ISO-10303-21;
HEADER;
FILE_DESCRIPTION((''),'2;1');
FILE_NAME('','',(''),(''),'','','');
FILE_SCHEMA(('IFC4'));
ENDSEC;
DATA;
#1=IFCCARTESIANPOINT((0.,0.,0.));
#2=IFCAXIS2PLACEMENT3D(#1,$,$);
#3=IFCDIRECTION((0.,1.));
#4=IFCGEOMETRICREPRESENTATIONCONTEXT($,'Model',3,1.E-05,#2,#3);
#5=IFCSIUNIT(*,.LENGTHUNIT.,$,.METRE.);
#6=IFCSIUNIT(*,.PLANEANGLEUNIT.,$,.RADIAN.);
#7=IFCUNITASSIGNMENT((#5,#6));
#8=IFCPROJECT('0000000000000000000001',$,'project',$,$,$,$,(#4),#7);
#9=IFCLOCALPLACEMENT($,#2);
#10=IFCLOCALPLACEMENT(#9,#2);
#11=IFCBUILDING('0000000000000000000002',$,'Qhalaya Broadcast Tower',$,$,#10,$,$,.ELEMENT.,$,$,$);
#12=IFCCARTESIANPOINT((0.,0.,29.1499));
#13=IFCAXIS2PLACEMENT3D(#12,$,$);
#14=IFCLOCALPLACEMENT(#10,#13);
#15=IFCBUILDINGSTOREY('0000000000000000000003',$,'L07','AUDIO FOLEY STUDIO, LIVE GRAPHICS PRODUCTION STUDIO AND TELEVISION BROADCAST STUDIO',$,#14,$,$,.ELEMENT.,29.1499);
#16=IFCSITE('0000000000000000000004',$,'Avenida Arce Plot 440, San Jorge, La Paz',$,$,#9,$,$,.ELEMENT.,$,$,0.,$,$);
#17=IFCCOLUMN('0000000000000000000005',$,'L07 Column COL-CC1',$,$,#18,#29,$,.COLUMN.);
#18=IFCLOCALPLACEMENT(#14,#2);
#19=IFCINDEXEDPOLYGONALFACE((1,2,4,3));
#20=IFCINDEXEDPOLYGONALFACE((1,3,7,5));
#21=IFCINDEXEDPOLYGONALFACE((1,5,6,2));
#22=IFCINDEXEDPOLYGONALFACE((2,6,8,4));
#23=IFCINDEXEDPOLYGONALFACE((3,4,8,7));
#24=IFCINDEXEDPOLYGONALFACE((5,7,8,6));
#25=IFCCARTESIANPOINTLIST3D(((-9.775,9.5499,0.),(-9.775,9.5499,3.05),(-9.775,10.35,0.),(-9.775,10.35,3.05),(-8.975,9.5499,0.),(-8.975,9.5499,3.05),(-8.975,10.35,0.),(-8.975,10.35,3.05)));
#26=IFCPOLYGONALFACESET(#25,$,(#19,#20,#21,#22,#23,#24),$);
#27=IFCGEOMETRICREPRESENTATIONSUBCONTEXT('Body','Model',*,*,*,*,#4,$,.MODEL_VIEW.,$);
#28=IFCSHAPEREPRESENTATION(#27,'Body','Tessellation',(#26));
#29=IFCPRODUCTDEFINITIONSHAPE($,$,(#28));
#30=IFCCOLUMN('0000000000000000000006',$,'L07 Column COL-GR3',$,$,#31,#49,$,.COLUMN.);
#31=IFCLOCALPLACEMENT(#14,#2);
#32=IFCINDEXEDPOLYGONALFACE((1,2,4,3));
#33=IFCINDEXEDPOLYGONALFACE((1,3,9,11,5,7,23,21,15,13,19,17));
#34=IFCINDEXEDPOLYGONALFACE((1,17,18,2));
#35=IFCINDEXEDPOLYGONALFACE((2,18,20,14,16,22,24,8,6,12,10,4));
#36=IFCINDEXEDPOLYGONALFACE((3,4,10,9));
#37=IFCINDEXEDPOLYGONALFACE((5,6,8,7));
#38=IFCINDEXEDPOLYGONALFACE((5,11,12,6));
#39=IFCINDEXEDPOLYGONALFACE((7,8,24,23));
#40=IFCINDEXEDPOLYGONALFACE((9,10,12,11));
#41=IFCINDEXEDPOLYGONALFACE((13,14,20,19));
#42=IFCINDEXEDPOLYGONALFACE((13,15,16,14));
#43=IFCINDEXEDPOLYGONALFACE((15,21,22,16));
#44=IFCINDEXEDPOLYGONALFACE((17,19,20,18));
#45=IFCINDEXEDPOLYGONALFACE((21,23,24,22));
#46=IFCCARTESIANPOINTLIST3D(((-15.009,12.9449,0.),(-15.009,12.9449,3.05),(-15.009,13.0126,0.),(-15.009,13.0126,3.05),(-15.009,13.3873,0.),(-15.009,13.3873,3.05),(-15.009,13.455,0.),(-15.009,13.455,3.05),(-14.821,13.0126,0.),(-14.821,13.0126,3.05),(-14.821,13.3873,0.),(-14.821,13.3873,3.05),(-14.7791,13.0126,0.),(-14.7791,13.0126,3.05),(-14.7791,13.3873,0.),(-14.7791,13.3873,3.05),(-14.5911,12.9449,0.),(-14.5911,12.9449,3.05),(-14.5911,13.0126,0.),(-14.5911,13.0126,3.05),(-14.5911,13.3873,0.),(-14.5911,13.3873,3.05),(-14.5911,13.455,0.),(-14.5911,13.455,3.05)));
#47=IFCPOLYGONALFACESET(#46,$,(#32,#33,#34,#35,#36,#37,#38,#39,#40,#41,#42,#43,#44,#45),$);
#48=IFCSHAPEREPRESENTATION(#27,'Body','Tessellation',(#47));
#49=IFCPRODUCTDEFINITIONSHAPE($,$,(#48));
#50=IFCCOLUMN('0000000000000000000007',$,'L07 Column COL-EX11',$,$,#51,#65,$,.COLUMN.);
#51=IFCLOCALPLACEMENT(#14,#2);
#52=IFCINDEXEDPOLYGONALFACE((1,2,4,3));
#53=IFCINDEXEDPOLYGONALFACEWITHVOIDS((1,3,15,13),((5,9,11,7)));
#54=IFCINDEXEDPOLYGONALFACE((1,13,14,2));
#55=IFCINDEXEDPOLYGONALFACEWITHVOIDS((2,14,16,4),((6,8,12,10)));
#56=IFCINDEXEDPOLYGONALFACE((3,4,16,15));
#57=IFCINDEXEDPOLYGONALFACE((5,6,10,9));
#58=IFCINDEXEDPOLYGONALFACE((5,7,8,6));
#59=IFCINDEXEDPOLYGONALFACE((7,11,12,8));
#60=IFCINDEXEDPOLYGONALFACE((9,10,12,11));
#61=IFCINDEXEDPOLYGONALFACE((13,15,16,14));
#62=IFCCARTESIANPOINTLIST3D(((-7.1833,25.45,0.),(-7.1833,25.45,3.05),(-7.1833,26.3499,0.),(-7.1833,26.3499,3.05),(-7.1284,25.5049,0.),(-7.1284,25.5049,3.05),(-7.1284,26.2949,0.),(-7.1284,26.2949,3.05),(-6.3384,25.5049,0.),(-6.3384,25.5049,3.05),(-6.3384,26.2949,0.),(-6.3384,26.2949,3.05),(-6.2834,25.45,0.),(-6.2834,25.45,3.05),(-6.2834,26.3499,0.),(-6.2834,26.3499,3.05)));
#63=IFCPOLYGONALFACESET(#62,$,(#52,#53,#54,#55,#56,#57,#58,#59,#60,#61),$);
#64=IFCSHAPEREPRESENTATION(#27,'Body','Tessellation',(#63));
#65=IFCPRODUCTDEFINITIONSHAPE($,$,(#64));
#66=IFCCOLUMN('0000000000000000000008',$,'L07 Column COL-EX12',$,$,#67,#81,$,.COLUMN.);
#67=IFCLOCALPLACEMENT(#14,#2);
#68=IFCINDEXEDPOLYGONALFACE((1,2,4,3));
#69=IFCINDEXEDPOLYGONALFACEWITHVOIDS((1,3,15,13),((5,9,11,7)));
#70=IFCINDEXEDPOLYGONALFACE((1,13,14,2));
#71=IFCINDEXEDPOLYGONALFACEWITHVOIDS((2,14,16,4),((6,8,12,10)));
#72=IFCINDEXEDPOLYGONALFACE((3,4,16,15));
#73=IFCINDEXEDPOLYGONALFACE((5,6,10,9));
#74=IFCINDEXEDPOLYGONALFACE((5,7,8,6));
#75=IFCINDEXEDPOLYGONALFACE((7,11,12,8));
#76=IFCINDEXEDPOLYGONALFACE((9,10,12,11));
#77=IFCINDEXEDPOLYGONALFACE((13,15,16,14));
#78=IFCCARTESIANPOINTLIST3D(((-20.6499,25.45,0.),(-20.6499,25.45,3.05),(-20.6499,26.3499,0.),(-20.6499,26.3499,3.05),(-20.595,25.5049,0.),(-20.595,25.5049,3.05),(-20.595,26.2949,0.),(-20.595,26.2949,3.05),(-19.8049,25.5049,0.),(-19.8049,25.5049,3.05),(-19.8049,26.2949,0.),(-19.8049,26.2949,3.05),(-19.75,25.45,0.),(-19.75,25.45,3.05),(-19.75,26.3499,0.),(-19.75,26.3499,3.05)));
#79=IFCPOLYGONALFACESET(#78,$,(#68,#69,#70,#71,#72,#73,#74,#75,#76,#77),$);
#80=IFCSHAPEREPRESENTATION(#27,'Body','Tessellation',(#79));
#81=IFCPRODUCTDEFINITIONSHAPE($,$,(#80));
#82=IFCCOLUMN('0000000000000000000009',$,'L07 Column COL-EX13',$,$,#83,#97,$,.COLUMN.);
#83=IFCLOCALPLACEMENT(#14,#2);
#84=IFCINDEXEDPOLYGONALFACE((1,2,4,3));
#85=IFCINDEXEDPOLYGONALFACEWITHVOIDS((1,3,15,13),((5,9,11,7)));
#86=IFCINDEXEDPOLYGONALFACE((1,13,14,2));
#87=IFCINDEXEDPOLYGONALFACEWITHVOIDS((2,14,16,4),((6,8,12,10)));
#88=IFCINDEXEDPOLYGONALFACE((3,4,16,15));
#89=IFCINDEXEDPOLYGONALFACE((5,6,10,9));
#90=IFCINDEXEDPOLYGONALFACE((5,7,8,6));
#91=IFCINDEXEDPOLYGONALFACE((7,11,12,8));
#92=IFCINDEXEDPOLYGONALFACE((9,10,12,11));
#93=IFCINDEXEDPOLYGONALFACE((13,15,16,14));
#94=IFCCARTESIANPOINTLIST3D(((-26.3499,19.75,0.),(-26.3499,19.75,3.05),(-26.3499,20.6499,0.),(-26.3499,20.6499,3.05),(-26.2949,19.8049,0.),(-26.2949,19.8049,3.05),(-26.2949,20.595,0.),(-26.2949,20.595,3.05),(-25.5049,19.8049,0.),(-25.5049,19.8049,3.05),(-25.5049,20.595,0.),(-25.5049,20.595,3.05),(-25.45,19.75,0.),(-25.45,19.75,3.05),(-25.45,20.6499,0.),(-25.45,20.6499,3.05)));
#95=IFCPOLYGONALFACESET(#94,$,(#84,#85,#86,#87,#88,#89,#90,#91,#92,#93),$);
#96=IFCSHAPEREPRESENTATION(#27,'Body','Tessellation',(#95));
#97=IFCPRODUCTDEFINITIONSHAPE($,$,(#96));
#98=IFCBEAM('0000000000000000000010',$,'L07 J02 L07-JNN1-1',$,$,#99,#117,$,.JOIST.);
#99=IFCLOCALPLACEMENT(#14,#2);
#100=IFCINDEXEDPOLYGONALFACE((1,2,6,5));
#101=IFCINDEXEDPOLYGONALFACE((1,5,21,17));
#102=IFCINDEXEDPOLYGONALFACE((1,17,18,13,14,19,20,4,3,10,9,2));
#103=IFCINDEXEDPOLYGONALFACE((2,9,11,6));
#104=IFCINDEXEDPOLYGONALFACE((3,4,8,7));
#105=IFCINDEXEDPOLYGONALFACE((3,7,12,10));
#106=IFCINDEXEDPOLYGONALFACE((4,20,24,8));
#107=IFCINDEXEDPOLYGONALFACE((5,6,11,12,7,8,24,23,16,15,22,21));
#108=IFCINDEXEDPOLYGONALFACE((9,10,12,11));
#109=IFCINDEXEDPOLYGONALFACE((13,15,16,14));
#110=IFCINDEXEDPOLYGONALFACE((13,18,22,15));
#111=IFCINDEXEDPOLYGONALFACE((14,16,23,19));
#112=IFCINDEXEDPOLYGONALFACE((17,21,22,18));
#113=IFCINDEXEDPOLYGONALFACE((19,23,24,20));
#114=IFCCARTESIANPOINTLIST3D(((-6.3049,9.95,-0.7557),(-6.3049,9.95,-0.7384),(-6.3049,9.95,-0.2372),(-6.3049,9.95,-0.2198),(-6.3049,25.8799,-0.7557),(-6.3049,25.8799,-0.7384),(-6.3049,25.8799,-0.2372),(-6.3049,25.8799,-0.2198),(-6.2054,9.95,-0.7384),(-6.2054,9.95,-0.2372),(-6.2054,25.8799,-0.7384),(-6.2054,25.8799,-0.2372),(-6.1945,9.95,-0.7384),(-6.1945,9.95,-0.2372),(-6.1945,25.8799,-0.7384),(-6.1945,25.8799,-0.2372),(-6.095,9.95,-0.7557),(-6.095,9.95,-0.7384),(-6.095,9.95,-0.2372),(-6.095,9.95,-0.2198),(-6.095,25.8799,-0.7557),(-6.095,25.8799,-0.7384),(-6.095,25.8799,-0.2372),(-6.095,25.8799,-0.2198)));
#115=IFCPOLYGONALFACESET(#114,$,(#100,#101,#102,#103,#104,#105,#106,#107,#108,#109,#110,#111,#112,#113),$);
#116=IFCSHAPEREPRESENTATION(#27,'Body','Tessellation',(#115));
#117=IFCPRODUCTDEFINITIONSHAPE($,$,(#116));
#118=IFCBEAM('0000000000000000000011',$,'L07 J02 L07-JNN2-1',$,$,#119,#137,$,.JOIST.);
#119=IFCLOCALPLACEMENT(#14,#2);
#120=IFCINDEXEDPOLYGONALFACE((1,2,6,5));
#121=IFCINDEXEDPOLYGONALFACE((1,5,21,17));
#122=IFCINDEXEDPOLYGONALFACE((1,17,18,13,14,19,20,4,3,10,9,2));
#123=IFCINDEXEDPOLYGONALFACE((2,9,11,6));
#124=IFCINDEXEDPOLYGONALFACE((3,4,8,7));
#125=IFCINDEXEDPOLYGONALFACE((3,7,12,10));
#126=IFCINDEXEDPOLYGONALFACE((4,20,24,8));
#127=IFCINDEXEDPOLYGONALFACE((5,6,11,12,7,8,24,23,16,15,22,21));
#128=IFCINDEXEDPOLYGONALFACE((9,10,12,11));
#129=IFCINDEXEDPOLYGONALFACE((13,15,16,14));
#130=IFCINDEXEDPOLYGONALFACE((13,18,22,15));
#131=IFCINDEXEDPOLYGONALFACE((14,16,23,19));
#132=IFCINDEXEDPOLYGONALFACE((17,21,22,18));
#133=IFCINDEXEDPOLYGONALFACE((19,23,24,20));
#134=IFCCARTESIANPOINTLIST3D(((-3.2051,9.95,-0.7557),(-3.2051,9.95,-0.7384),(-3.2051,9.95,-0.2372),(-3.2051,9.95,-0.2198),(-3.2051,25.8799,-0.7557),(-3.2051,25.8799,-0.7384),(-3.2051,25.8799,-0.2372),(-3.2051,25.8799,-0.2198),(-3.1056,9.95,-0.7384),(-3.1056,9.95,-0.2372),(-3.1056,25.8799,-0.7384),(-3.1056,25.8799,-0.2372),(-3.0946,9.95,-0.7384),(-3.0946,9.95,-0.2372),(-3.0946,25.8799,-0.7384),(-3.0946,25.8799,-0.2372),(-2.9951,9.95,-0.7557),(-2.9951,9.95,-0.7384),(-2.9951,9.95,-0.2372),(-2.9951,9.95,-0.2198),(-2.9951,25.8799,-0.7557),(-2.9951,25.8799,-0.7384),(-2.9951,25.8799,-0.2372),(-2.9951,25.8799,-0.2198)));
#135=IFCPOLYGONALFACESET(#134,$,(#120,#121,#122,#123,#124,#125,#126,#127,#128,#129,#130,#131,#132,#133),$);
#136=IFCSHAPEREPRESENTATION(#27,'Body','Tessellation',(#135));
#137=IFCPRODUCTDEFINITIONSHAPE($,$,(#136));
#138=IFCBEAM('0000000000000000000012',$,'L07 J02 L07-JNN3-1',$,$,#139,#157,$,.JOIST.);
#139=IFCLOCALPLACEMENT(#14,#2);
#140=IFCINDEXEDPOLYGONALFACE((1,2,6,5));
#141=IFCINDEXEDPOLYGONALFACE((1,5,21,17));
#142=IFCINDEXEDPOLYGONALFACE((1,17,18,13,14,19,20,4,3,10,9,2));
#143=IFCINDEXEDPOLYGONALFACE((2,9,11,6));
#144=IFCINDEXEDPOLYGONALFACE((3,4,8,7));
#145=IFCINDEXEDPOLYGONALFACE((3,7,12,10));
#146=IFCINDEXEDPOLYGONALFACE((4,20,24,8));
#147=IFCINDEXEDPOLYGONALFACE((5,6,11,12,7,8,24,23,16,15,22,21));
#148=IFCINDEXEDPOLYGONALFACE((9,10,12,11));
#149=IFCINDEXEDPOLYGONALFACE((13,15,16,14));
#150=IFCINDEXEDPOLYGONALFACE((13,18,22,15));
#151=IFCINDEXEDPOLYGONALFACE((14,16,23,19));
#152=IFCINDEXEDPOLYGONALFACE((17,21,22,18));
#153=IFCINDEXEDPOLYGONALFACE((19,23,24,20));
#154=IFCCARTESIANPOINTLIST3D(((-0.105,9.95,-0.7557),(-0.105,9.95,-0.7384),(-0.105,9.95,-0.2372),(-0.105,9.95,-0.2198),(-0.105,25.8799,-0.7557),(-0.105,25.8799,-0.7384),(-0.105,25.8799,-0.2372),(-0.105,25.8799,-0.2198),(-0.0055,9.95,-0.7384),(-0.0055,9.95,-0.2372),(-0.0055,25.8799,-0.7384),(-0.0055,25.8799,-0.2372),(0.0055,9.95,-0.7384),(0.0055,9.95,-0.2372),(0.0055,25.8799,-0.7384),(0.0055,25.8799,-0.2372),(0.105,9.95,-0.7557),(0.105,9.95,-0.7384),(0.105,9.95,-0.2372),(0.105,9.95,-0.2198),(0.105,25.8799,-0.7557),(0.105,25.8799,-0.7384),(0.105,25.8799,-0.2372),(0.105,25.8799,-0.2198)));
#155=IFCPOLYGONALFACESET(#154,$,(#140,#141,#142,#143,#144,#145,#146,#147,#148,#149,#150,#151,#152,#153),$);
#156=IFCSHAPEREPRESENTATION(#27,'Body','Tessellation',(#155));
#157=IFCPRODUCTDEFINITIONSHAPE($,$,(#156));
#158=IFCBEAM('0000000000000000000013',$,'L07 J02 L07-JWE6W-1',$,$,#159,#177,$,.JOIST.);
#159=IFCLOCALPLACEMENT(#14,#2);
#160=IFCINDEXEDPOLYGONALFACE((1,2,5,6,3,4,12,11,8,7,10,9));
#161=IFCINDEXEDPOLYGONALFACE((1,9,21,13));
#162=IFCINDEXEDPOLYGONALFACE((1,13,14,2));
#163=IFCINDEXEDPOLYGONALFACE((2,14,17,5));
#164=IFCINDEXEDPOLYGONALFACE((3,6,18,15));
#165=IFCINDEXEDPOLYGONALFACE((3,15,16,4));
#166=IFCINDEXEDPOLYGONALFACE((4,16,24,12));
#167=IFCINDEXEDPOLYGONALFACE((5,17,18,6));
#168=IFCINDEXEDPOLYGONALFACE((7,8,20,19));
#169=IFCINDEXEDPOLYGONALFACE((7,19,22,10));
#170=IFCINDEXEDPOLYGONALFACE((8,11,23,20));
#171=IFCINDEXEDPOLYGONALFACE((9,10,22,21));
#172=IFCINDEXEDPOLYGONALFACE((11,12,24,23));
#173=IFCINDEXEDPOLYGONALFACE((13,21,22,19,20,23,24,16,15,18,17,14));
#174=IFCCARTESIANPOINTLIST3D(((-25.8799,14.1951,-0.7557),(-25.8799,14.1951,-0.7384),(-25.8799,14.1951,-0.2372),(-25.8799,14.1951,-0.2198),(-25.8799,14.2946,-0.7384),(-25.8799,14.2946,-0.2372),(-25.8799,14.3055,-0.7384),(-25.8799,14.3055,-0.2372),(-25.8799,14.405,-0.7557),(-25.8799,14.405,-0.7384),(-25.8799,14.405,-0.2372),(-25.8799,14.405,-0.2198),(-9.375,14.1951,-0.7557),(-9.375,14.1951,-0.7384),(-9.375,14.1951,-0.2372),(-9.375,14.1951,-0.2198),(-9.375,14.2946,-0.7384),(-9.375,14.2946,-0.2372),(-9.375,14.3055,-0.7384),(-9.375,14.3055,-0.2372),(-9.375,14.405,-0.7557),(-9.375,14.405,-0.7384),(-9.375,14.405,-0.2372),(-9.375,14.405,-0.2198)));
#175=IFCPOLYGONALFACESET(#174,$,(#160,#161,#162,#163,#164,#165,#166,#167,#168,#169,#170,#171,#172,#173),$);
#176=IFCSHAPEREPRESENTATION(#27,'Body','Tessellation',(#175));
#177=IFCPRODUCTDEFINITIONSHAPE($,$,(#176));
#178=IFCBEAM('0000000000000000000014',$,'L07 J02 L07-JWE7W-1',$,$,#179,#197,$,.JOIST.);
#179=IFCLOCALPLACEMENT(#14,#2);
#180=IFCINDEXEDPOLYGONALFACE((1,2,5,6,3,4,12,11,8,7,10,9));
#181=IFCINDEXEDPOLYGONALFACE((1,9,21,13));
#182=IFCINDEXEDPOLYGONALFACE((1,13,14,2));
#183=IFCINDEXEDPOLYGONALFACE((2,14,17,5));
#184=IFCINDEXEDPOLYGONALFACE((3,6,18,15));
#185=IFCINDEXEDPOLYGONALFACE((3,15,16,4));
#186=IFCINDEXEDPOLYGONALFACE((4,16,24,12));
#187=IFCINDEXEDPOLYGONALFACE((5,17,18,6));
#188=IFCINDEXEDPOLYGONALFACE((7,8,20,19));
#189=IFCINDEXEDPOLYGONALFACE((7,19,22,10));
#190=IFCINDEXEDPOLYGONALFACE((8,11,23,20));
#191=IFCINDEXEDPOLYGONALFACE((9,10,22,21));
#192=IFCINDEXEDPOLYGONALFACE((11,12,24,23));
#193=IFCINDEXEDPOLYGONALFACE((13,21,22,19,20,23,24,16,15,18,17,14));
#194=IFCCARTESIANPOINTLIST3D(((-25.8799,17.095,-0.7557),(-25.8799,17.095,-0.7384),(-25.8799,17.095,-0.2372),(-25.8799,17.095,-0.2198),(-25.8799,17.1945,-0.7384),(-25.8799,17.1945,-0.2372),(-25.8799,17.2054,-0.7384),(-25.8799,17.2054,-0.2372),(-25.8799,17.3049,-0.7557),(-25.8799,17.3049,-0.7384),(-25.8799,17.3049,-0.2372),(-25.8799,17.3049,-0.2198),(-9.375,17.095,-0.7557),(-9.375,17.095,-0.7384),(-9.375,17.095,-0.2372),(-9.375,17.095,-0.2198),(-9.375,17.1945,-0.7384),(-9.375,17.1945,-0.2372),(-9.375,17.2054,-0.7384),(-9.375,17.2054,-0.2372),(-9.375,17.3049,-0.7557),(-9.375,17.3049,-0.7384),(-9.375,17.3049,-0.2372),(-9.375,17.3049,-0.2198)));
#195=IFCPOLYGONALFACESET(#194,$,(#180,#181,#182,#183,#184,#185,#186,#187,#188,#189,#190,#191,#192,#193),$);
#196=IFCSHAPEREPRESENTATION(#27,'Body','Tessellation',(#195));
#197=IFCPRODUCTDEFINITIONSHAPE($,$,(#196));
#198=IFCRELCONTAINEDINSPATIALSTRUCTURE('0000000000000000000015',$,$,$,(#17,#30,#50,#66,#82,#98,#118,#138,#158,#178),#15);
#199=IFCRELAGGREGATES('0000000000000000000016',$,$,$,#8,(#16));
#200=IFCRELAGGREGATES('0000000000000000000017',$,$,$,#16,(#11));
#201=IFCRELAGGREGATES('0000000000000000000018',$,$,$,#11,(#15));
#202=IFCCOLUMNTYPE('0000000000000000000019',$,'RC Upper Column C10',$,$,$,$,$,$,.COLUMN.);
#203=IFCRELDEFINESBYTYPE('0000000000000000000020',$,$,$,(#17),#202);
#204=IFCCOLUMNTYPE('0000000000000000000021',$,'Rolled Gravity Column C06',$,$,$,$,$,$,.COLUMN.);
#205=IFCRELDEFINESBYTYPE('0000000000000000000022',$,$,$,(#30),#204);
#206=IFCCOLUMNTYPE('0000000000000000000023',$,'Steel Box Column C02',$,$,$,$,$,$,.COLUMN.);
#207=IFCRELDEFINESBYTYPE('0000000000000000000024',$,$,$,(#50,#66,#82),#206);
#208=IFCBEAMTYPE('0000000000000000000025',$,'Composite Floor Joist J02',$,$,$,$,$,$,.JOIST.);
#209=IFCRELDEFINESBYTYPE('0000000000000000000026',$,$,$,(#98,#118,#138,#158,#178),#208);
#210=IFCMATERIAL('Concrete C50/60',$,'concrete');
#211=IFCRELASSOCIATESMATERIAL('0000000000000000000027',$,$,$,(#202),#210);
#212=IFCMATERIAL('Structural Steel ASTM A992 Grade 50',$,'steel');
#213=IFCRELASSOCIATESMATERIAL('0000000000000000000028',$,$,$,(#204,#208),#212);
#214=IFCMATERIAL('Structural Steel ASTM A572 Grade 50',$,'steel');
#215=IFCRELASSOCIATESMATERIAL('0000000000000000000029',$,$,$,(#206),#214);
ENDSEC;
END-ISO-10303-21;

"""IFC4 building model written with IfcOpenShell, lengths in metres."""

from ifc_helpers import new_model, si_unit, direction, frame, origin, origin_2d, place, context, subcontext, project, spatial, rectangle, hollow_rectangle, i_section, extrude, material, material_profile, profile_set, type_object, element, save


model = new_model("IFC4")

# Units and contexts
model_context = context("Model", 3, precision=1e-05, world=origin(), true_north=direction((0.0, 1.0)))
body_context = subcontext(model_context, "Body", "Model", "MODEL_VIEW")
ifc_project = project(units=[si_unit("LENGTHUNIT", "METRE"), si_unit("PLANEANGLEUNIT", "RADIAN")], contexts=[model_context])

# Site, building, storey
site_placement = place(None, origin())
site = spatial("IfcSite", under=ifc_project, at=site_placement, Name="Avenida Arce Plot 440, San Jorge, La Paz", CompositionType="ELEMENT", RefElevation=0.0)
building_placement = place(site_placement, origin())
building = spatial("IfcBuilding", under=site, at=building_placement, Name="Qhalaya Broadcast Tower", CompositionType="ELEMENT")
storey_placement = place(building_placement, frame((0.0, 0.0, 29.1499)))
storey = spatial("IfcBuildingStorey", under=building, at=storey_placement, Name="L07", Description="AUDIO FOLEY STUDIO, LIVE GRAPHICS PRODUCTION STUDIO AND TELEVISION BROADCAST STUDIO", CompositionType="ELEMENT", Elevation=29.1499)

# Columns
ifc_material_1 = material(Name="Concrete C50/60", Category="concrete")
ifc_material_profile_1 = material_profile(ifc_material_1, rectangle(XDim=0.8, YDim=0.8, at=origin_2d()), Name="RC-COL 800x800")
ifc_profile_set_1 = profile_set([ifc_material_profile_1], Name="Concrete C50/60")
column_type_1 = type_object("IfcColumnType", Name="RC Upper Column C10", PredefinedType="COLUMN", material=ifc_profile_set_1)
column_1_placement = place(storey_placement, frame((-9.375, 9.95, 0.0), z_axis=(0.0, 0.0, 1.0), x_axis=(1.0, 0.0, 0.0)))
element("IfcColumn", 1, at=column_1_placement, inside=storey, type_object=column_type_1, Name="L07 Column COL-CC1", PredefinedType="COLUMN", context=body_context, shape_type="SweptSolid", body=[
    extrude(rectangle(XDim=0.8, YDim=0.8, at=origin_2d()), origin(), (0.0, 0.0, 1.0), 3.05),
])
ifc_material_2 = material(Name="Structural Steel ASTM A992 Grade 50", Category="steel")
ifc_material_profile_2 = material_profile(ifc_material_2, i_section(OverallWidth=0.418, OverallDepth=0.51, WebThickness=0.042, FlangeThickness=0.0676, at=origin_2d()), Name="W14X370")
ifc_profile_set_2 = profile_set([ifc_material_profile_2], Name="Structural Steel ASTM A992 Grade 50")
column_type_2 = type_object("IfcColumnType", Name="Rolled Gravity Column C06", PredefinedType="COLUMN", material=ifc_profile_set_2)
column_2_placement = place(storey_placement, frame((-14.8, 13.2, 0.0), z_axis=(0.0, 0.0, 1.0), x_axis=(1.0, 0.0, 0.0)))
element("IfcColumn", 2, at=column_2_placement, inside=storey, type_object=column_type_2, Name="L07 Column COL-GR3", PredefinedType="COLUMN", context=body_context, shape_type="SweptSolid", body=[
    extrude(i_section(OverallWidth=0.418, OverallDepth=0.51, WebThickness=0.042, FlangeThickness=0.0676, at=origin_2d()), origin(), (0.0, 0.0, 1.0), 3.05),
])
ifc_material_3 = material(Name="Structural Steel ASTM A572 Grade 50", Category="steel")
ifc_material_profile_3 = material_profile(ifc_material_3, hollow_rectangle(XDim=0.8999, YDim=0.8999, WallThickness=0.0549, at=origin_2d()), Name="BOX 900x900x55")
ifc_profile_set_3 = profile_set([ifc_material_profile_3], Name="Structural Steel ASTM A572 Grade 50")
column_type_3 = type_object("IfcColumnType", Name="Steel Box Column C02", PredefinedType="COLUMN", material=ifc_profile_set_3)
for number, where, z_axis, x_axis, name in (
    (3, (-6.7334, 25.8999, 0.0), (0.0, 0.0, 1.0), (1.0, 0.0, 0.0), "L07 Column COL-EX11"),
    (4, (-20.2, 25.8999, 0.0), (0.0, 0.0, 1.0), (1.0, 0.0, 0.0), "L07 Column COL-EX12"),
    (5, (-25.8999, 20.2, 0.0), (0.0, 0.0, 1.0), (0.0, 1.0, 0.0), "L07 Column COL-EX13"),
):
    element("IfcColumn", number, at=place(storey_placement, frame(where, z_axis=z_axis, x_axis=x_axis)), inside=storey, type_object=column_type_3, Name=name, PredefinedType="COLUMN", context=body_context, shape_type="SweptSolid", body=[
        extrude(hollow_rectangle(XDim=0.8999, YDim=0.8999, WallThickness=0.0549, at=origin_2d()), origin(), (0.0, 0.0, 1.0), 3.05),
    ])

# Beams
ifc_material_profile_4 = material_profile(ifc_material_2, i_section(OverallWidth=0.21, OverallDepth=0.5359, WebThickness=0.011, FlangeThickness=0.0173, at=origin_2d()), Name="W21X68")
ifc_profile_set_4 = profile_set([ifc_material_profile_4], Name="Structural Steel ASTM A992 Grade 50")
beam_type_1 = type_object("IfcBeamType", Name="Composite Floor Joist J02", PredefinedType="JOIST", material=ifc_profile_set_4)
for number, where, z_axis, x_axis, name in (
    (6, (-6.2, 9.95, -0.4878), (0.0, 1.0, 0.0), (-1.0, 0.0, 0.0), "L07 J02 L07-JNN1-1"),
    (7, (-3.1001, 9.95, -0.4878), (0.0, 1.0, 0.0), (-1.0, 0.0, 0.0), "L07 J02 L07-JNN2-1"),
    (8, (0.0, 9.95, -0.4878), (0.0, 1.0, 0.0), (-1.0, 0.0, 0.0), "L07 J02 L07-JNN3-1"),
):
    element("IfcBeam", number, at=place(storey_placement, frame(where, z_axis=z_axis, x_axis=x_axis)), inside=storey, type_object=beam_type_1, Name=name, PredefinedType="JOIST", context=body_context, shape_type="SweptSolid", body=[
        extrude(i_section(OverallWidth=0.21, OverallDepth=0.5359, WebThickness=0.011, FlangeThickness=0.0173, at=origin_2d()), origin(), (0.0, 0.0, 1.0), 15.9299),
    ])
for number, where, z_axis, x_axis, name in (
    (9, (-25.8799, 14.3, -0.4878), (1.0, 0.0, 0.0), (0.0, 1.0, 0.0), "L07 J02 L07-JWE6W-1"),
    (10, (-25.8799, 17.2, -0.4878), (1.0, 0.0, 0.0), (0.0, 1.0, 0.0), "L07 J02 L07-JWE7W-1"),
):
    element("IfcBeam", number, at=place(storey_placement, frame(where, z_axis=z_axis, x_axis=x_axis)), inside=storey, type_object=beam_type_1, Name=name, PredefinedType="JOIST", context=body_context, shape_type="SweptSolid", body=[
        extrude(i_section(OverallWidth=0.21, OverallDepth=0.5359, WebThickness=0.011, FlangeThickness=0.0173, at=origin_2d()), origin(), (0.0, 0.0, 1.0), 16.5049),
    ])

save(model, "model.ifc")
